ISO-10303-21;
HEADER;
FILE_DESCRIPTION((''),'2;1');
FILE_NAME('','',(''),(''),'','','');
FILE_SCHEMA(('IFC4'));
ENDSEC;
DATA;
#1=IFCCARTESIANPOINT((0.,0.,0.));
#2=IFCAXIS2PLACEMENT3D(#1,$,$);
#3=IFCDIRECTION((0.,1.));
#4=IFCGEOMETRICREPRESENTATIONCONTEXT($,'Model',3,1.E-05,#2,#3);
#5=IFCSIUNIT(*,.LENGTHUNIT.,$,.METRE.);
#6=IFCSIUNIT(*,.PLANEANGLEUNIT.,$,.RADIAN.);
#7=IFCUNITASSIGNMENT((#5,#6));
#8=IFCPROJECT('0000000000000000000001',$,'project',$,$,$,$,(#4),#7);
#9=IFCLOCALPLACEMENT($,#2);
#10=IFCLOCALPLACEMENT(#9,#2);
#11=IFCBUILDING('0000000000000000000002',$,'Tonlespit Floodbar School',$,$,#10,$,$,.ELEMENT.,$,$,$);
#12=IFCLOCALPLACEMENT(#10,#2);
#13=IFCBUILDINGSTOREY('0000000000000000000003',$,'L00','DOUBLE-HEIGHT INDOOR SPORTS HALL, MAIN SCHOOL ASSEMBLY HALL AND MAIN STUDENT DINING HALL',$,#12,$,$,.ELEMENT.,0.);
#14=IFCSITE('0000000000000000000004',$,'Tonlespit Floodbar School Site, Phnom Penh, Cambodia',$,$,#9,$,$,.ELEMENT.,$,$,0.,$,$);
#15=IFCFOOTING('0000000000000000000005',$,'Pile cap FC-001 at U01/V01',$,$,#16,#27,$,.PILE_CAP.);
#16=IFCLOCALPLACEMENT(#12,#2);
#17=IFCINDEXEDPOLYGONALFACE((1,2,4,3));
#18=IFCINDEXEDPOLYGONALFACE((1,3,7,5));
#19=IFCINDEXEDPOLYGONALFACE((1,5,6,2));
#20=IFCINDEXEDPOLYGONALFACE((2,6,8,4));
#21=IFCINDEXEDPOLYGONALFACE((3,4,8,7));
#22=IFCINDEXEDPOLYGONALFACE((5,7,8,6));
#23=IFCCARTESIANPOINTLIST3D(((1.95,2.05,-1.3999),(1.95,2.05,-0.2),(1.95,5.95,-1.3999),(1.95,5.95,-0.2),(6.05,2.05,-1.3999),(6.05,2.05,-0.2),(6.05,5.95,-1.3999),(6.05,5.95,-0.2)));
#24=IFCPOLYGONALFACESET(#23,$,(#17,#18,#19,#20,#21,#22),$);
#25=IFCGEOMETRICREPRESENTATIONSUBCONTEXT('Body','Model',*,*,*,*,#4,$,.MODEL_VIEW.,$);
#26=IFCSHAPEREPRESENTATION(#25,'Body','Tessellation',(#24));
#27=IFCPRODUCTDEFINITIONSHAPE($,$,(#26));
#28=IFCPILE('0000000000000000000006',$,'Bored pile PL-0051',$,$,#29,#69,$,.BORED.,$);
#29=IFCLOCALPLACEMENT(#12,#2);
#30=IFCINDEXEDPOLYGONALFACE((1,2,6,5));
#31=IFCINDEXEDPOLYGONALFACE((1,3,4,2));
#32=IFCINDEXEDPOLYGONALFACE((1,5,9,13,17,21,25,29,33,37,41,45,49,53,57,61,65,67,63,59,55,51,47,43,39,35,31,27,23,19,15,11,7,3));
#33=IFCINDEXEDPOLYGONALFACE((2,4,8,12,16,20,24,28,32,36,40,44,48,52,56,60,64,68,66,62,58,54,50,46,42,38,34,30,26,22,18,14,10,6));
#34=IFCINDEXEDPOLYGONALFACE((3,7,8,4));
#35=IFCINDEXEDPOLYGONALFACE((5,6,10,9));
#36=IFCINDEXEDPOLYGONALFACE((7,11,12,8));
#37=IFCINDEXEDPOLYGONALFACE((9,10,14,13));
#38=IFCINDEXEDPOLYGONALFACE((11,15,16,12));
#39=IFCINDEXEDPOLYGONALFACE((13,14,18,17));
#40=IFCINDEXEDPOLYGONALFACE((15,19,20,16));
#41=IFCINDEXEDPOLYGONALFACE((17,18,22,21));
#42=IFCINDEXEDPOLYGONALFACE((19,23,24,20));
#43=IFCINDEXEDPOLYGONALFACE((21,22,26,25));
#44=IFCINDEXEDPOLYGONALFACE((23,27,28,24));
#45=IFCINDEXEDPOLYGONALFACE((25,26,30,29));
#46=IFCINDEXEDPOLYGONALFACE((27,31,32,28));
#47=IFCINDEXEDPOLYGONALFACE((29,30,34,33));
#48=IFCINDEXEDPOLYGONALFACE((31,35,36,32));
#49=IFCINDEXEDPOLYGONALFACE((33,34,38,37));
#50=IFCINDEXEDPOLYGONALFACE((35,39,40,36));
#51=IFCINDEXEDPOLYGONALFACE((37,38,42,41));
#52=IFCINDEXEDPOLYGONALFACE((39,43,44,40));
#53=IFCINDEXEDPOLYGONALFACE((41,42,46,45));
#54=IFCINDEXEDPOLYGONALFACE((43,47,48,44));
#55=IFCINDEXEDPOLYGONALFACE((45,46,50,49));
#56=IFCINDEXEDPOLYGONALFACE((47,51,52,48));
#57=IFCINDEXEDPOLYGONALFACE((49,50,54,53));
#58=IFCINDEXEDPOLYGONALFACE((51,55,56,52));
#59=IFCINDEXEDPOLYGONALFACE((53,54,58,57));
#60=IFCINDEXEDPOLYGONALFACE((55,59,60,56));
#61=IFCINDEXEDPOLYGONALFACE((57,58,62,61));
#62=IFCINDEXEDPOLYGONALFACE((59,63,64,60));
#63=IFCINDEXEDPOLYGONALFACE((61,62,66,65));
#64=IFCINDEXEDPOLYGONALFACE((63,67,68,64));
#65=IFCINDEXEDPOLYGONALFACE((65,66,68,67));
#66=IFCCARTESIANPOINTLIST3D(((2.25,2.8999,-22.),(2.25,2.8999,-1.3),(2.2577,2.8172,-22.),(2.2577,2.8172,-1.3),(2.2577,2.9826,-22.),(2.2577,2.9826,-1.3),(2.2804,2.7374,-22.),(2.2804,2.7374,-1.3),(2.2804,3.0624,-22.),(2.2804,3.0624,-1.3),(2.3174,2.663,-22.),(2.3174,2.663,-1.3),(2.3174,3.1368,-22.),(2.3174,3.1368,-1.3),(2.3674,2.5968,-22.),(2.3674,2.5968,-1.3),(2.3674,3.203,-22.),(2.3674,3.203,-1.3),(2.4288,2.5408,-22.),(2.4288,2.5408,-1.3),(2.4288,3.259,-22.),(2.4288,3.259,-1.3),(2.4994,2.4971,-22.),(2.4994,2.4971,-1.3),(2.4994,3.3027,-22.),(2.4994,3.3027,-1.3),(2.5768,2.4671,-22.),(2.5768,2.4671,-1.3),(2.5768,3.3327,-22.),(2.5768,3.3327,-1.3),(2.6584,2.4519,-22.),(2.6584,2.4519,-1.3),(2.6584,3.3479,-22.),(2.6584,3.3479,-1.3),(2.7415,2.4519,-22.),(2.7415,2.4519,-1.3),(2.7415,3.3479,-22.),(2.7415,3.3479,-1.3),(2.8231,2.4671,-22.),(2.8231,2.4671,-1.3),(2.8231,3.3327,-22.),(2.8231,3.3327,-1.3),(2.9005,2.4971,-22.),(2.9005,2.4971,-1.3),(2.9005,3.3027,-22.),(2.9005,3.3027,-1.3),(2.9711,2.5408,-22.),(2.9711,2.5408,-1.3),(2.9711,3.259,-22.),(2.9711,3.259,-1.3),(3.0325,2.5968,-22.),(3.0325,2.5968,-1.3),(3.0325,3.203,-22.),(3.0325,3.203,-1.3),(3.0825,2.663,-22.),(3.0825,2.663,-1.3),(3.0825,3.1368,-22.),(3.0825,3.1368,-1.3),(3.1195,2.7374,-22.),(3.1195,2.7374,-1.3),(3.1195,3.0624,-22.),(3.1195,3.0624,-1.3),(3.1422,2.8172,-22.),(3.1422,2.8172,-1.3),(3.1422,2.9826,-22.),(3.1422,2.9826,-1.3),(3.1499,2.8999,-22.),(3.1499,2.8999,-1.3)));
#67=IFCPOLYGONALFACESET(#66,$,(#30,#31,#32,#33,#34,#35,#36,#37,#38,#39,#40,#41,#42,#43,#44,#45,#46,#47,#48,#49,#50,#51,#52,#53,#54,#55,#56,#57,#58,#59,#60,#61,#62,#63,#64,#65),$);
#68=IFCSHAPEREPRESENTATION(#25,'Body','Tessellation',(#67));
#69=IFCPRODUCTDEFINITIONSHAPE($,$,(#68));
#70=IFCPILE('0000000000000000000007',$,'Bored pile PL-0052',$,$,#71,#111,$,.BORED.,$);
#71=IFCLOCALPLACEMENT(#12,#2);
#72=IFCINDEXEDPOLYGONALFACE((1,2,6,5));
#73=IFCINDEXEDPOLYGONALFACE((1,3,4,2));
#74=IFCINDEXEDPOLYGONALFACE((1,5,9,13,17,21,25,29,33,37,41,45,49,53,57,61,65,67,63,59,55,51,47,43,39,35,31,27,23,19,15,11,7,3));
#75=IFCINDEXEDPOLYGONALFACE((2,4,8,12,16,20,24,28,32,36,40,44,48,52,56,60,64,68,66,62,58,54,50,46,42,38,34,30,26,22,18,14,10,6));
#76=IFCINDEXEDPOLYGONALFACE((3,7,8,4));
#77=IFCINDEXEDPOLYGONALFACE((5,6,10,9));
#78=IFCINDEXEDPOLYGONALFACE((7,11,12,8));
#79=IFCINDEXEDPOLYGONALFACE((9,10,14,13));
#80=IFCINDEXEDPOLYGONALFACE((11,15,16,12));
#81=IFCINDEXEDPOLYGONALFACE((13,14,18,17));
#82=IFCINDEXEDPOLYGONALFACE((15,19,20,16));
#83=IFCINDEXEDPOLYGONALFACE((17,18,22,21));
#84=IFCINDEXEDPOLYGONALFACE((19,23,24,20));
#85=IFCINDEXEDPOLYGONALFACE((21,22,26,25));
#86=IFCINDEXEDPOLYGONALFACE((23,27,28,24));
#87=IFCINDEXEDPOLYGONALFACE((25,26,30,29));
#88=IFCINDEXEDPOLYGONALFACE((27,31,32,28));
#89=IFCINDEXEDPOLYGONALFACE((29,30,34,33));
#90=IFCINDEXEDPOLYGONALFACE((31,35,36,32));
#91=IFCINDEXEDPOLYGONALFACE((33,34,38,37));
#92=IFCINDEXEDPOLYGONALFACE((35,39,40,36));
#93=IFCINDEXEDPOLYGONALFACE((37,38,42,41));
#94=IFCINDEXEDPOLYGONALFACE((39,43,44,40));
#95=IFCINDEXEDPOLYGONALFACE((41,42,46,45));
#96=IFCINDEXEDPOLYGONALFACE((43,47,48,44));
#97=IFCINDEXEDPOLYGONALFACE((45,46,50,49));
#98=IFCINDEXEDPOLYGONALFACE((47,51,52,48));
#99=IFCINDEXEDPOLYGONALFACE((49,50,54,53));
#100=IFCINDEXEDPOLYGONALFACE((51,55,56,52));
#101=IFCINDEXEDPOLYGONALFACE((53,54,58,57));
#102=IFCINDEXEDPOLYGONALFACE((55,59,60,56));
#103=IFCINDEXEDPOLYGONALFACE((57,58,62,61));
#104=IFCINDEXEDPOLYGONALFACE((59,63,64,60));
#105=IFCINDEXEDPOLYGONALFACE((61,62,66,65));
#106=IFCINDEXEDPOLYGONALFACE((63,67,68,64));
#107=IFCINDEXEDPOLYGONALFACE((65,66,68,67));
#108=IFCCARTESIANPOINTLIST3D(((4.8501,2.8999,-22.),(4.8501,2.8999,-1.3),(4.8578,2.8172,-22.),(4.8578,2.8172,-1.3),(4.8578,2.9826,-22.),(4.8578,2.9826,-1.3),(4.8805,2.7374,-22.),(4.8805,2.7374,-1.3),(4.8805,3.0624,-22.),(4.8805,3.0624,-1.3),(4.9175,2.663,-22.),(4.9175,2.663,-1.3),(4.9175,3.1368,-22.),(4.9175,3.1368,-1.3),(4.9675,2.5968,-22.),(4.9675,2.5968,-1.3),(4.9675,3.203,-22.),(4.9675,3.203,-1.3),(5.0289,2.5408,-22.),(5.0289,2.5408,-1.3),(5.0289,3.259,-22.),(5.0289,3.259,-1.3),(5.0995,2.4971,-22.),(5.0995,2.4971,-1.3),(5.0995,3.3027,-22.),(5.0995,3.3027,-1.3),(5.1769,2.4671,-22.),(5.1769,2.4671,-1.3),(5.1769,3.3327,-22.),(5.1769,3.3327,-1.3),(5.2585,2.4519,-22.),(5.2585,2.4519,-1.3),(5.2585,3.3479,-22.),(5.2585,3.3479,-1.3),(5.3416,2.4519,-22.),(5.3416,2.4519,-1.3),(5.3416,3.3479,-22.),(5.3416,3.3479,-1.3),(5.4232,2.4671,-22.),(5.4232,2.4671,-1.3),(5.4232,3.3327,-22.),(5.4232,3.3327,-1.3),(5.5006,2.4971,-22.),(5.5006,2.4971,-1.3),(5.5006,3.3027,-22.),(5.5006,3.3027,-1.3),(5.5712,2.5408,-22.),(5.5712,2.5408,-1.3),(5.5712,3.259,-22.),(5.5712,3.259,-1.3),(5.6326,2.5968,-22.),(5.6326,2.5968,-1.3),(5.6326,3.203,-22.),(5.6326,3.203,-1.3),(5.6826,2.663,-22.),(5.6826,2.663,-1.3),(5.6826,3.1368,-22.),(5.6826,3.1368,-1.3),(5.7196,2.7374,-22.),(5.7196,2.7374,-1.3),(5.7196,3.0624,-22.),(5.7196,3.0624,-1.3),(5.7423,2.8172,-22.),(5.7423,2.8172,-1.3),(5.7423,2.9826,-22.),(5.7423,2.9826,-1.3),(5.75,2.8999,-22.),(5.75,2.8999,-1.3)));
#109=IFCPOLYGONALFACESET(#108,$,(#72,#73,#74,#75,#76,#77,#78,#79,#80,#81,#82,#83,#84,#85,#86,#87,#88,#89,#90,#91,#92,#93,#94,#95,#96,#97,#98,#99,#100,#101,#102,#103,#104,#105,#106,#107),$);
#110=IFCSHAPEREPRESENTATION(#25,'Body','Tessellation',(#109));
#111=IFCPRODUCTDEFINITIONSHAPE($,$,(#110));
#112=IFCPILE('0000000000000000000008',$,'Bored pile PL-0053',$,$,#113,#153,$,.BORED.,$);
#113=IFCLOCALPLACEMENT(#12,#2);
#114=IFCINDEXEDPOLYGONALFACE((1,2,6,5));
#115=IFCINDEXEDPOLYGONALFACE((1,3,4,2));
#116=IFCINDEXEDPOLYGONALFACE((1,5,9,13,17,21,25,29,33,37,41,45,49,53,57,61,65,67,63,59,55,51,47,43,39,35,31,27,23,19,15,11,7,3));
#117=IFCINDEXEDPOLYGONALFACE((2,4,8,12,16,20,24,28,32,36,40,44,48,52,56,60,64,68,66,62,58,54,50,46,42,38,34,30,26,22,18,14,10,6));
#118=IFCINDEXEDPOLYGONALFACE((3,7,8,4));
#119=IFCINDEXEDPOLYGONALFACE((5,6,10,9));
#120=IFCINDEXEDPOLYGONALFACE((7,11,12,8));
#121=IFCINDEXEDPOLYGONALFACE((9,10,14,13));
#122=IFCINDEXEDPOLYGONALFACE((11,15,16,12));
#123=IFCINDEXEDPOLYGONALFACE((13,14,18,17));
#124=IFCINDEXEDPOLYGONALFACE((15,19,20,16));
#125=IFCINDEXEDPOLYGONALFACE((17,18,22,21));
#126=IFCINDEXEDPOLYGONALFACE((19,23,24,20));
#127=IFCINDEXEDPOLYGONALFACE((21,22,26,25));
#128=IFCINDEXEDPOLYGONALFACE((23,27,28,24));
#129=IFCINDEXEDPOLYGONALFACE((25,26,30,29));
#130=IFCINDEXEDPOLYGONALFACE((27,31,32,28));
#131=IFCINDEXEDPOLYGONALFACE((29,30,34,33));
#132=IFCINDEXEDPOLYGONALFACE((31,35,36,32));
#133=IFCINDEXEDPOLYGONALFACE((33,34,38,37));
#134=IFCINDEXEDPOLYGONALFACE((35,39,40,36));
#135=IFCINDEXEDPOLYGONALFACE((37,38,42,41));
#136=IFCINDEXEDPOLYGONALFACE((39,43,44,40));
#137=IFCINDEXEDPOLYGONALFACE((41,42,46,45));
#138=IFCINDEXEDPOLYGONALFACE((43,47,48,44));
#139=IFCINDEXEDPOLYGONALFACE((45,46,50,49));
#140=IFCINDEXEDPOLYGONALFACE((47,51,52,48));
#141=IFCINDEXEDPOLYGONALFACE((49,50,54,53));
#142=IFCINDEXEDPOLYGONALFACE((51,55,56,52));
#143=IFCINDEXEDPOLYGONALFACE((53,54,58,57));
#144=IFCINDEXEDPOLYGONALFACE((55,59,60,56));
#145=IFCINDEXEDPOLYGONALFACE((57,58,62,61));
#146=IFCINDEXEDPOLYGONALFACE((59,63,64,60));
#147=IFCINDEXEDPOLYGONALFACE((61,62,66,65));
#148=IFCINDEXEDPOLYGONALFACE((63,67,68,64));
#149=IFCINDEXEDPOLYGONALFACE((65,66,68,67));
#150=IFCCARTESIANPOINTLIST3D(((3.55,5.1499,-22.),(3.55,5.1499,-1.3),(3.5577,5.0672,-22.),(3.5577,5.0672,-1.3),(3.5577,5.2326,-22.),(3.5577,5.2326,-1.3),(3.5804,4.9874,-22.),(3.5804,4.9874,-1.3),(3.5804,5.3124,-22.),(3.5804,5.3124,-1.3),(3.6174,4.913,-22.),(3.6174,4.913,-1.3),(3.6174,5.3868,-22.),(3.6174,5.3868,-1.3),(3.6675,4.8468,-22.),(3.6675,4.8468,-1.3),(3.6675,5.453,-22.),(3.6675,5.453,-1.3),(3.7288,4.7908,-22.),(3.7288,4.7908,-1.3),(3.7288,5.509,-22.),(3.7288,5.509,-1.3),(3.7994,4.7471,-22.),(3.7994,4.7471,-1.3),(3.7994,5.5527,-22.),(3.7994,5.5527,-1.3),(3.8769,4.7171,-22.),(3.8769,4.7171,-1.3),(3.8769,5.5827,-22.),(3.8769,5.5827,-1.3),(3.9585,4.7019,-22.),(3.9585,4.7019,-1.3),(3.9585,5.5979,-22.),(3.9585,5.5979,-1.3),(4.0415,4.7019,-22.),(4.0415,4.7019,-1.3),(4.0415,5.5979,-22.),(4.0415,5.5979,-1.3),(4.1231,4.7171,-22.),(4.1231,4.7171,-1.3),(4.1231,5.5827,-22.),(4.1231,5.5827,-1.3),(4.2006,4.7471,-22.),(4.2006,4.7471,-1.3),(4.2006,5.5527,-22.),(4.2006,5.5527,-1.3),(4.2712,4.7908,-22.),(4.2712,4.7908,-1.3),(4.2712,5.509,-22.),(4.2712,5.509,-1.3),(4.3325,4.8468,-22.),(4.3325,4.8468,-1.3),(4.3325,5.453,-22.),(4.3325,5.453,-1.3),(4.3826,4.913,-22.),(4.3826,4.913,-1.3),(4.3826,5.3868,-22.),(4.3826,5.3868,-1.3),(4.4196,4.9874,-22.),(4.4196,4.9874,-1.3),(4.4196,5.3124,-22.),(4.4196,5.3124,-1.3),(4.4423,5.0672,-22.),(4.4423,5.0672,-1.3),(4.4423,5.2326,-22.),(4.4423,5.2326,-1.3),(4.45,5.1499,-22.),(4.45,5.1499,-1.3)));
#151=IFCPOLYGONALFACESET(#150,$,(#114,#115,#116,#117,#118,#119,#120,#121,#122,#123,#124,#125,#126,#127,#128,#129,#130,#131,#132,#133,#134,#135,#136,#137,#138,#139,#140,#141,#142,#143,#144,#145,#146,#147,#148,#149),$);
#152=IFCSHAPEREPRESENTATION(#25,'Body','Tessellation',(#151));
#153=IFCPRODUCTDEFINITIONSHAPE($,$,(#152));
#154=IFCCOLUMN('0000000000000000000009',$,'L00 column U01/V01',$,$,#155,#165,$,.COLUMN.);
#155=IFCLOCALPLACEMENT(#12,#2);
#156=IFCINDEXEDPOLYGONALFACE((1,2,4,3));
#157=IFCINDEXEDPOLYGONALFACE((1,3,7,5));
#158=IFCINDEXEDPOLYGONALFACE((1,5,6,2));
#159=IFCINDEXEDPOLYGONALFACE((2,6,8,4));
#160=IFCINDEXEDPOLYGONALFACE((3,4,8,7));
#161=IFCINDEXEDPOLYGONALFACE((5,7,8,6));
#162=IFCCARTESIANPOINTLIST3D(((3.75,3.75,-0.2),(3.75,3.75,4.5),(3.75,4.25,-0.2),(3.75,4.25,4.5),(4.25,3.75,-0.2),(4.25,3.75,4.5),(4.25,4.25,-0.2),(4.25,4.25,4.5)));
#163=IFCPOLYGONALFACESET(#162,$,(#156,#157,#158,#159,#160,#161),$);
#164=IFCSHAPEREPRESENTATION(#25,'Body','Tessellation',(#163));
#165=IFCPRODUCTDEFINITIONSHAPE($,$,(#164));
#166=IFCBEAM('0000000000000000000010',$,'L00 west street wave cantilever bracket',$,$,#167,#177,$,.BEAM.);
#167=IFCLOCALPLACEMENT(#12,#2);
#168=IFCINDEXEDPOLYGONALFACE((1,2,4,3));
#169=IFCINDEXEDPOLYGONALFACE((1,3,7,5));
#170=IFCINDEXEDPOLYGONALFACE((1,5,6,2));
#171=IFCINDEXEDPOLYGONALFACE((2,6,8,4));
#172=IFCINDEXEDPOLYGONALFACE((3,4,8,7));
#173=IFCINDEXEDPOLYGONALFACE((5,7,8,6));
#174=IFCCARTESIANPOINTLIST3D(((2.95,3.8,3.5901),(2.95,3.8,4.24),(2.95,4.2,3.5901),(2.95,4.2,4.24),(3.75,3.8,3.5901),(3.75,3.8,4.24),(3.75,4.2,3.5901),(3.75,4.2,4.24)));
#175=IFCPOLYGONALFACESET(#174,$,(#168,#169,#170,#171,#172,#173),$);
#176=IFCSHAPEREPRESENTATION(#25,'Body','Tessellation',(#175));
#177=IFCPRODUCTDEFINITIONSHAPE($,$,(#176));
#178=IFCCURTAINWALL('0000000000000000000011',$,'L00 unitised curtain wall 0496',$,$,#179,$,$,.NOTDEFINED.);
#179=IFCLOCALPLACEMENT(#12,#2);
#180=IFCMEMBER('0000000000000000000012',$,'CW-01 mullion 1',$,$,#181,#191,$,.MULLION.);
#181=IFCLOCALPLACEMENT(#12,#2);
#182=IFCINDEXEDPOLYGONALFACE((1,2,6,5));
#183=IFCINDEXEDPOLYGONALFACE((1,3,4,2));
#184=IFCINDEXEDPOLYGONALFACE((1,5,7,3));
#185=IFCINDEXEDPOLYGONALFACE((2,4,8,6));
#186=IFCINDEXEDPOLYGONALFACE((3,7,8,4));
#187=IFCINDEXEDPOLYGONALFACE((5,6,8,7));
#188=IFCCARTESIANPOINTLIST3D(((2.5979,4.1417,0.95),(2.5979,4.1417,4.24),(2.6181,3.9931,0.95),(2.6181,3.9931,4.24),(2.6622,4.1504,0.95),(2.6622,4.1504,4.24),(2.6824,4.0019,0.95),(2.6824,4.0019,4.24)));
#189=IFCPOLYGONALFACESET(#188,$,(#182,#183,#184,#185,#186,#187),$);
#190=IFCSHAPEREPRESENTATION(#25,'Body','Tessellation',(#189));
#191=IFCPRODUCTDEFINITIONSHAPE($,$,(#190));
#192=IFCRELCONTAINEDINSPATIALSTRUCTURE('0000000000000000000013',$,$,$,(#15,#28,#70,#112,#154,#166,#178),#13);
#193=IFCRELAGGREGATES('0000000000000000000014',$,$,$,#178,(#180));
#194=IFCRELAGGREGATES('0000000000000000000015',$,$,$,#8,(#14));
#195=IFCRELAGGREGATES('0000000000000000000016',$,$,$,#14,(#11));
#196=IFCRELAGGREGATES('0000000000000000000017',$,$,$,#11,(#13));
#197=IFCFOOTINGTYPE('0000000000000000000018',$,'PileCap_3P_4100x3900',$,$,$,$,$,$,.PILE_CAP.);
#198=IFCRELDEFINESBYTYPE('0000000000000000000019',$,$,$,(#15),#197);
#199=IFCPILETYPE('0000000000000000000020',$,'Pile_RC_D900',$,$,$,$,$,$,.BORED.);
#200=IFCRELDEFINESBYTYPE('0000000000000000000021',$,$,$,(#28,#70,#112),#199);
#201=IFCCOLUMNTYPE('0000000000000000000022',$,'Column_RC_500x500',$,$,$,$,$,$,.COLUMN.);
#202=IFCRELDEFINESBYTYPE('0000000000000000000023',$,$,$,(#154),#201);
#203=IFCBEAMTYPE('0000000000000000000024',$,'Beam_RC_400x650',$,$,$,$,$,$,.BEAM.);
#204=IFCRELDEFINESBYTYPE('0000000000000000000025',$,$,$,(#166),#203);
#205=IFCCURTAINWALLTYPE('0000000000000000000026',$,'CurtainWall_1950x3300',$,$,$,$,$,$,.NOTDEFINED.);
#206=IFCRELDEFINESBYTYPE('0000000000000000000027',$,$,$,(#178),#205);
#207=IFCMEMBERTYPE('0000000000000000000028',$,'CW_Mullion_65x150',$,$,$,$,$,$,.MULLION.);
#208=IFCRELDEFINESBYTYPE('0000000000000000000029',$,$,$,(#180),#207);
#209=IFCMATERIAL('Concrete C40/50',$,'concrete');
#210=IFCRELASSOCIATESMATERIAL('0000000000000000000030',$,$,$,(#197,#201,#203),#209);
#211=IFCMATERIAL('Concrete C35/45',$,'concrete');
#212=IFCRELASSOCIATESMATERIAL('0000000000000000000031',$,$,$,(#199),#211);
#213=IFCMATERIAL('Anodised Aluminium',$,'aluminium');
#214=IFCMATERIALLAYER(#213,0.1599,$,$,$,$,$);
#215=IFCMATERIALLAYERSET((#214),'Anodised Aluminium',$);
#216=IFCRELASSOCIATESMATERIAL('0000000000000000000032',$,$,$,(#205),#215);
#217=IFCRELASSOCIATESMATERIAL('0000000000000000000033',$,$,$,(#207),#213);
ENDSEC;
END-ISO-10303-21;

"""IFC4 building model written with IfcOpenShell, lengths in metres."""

from ifc_helpers import new_model, si_unit, direction, frame, origin, origin_2d, place, context, subcontext, project, spatial, rectangle, circle, extrude, material, layer, layer_set, material_profile, profile_set, type_object, element, aggregate, save


model = new_model("IFC4")

# Units and contexts
model_context = context("Model", 3, precision=1e-05, world=origin(), true_north=direction((0.0, 1.0)))
body_context = subcontext(model_context, "Body", "Model", "MODEL_VIEW")
ifc_project = project(units=[si_unit("LENGTHUNIT", "METRE"), si_unit("PLANEANGLEUNIT", "RADIAN")], contexts=[model_context])

# Site, building, storey
site_placement = place(None, origin())
site = spatial("IfcSite", under=ifc_project, at=site_placement, Name="Tonlespit Floodbar School Site, Phnom Penh, Cambodia", CompositionType="ELEMENT", RefElevation=0.0)
building_placement = place(site_placement, origin())
building = spatial("IfcBuilding", under=site, at=building_placement, Name="Tonlespit Floodbar School", CompositionType="ELEMENT")
storey_placement = place(building_placement, origin())
storey = spatial("IfcBuildingStorey", under=building, at=storey_placement, Name="L00", Description="DOUBLE-HEIGHT INDOOR SPORTS HALL, MAIN SCHOOL ASSEMBLY HALL AND MAIN STUDENT DINING HALL", CompositionType="ELEMENT", Elevation=0.0)

# Footing
ifc_material_1 = material(Name="Concrete C40/50", Category="concrete")
footing_type = type_object("IfcFootingType", Name="PileCap_3P_4100x3900", PredefinedType="PILE_CAP", material=ifc_material_1)
footing_placement = place(storey_placement, frame((4.0, 4.0, -1.3999), z_axis=(0.0, 0.0, 1.0), x_axis=(1.0, 0.0, 0.0)))
element("IfcFooting", 1, at=footing_placement, inside=storey, type_object=footing_type, Name="Pile cap FC-001 at U01/V01", PredefinedType="PILE_CAP", context=body_context, shape_type="SweptSolid", body=[
    extrude(rectangle(XDim=4.1001, YDim=3.8999, at=origin_2d()), origin(), (0.0, 0.0, 1.0), 1.2),
])

# Piles
ifc_material_2 = material(Name="Concrete C35/45", Category="concrete")
ifc_material_profile_1 = material_profile(ifc_material_2, circle(Radius=0.45, at=origin_2d()), Name="BP D900")
ifc_profile_set_1 = profile_set([ifc_material_profile_1], Name="Concrete C35/45")
pile_type = type_object("IfcPileType", Name="Pile_RC_D900", PredefinedType="BORED", material=ifc_profile_set_1)
for number, where, z_axis, x_axis, name in (
    (2, (2.7, 2.8999, -1.3), (0.0, 0.0, -1.0), (1.0, 0.0, 0.0), "Bored pile PL-0051"),
    (3, (5.3, 2.8999, -1.3), (0.0, 0.0, -1.0), (1.0, 0.0, 0.0), "Bored pile PL-0052"),
    (4, (4.0, 5.1499, -1.3), (0.0, 0.0, -1.0), (1.0, 0.0, 0.0), "Bored pile PL-0053"),
):
    element("IfcPile", number, at=place(storey_placement, frame(where, z_axis=z_axis, x_axis=x_axis)), inside=storey, type_object=pile_type, Name=name, PredefinedType="BORED", context=body_context, shape_type="SweptSolid", body=[
        extrude(circle(Radius=0.45, at=origin_2d()), origin(), (0.0, 0.0, 1.0), 20.7),
    ])

# Column
ifc_material_profile_2 = material_profile(ifc_material_1, rectangle(XDim=0.5, YDim=0.5, at=origin_2d()), Name="RC 500x500")
ifc_profile_set_2 = profile_set([ifc_material_profile_2], Name="Concrete C40/50")
column_type = type_object("IfcColumnType", Name="Column_RC_500x500", PredefinedType="COLUMN", material=ifc_profile_set_2)
column_placement = place(storey_placement, frame((4.0, 4.0, -0.2), z_axis=(0.0, 0.0, 1.0), x_axis=(1.0, 0.0, 0.0)))
element("IfcColumn", 5, at=column_placement, inside=storey, type_object=column_type, Name="L00 column U01/V01", PredefinedType="COLUMN", context=body_context, shape_type="SweptSolid", body=[
    extrude(rectangle(XDim=0.5, YDim=0.5, at=origin_2d()), origin(), (0.0, 0.0, 1.0), 4.7),
])

# Beam
ifc_material_profile_3 = material_profile(ifc_material_1, rectangle(XDim=0.3999, YDim=0.6499, at=origin_2d()), Name="RC 400x650")
ifc_profile_set_3 = profile_set([ifc_material_profile_3], Name="Concrete C40/50")
beam_type_1 = type_object("IfcBeamType", Name="Beam_RC_400x650", PredefinedType="BEAM", material=ifc_profile_set_3)
beam_placement = place(storey_placement, frame((3.75, 4.0, 3.915), z_axis=(-1.0, 0.0, 0.0), x_axis=(0.0, -1.0, 0.0)))
element("IfcBeam", 6, at=beam_placement, inside=storey, type_object=beam_type_1, Name="L00 west street wave cantilever bracket", PredefinedType="BEAM", context=body_context, shape_type="SweptSolid", body=[
    extrude(rectangle(XDim=0.3999, YDim=0.6499, at=origin_2d()), origin(), (0.0, 0.0, 1.0), 0.8),
])

# Curtain wall, member
ifc_material_3 = material(Name="Anodised Aluminium", Category="aluminium")
ifc_layer_1 = layer(ifc_material_3, 0.1599)
ifc_layer_set_1 = layer_set([ifc_layer_1], Name="Anodised Aluminium")
curtain_wall_type_1 = type_object("IfcCurtainWallType", Name="CurtainWall_1950x3300", PredefinedType="NOTDEFINED", material=ifc_layer_set_1)
curtain_wall_1_placement = place(storey_placement, origin())
curtain_wall_1 = element("IfcCurtainWall", 7, at=curtain_wall_1_placement, inside=storey, type_object=curtain_wall_type_1, Name="L00 unitised curtain wall 0496", PredefinedType="NOTDEFINED")
ifc_material_profile_4 = material_profile(ifc_material_3, rectangle(XDim=0.0649, YDim=0.1499, at=origin_2d()), Name="ALU M65x150")
ifc_profile_set_4 = profile_set([ifc_material_profile_4], Name="Anodised Aluminium")
member_type_1 = type_object("IfcMemberType", Name="CW_Mullion_65x150", PredefinedType="MULLION", material=ifc_profile_set_4)
member_1_placement = place(storey_placement, frame((2.6401, 4.0718, 0.95), z_axis=(0.0, 0.0, 1.0), x_axis=(-0.990894, -0.134644, 0.0)))
member_1 = element("IfcMember", 8, at=member_1_placement, type_object=member_type_1, Name="CW-01 mullion 1", PredefinedType="MULLION", context=body_context, shape_type="SweptSolid", body=[
    extrude(rectangle(XDim=0.0649, YDim=0.1499, at=origin_2d()), origin(), (0.0, 0.0, 1.0), 3.29),
])

aggregate(curtain_wall_1, [member_1])

save(model, "model.ifc")
